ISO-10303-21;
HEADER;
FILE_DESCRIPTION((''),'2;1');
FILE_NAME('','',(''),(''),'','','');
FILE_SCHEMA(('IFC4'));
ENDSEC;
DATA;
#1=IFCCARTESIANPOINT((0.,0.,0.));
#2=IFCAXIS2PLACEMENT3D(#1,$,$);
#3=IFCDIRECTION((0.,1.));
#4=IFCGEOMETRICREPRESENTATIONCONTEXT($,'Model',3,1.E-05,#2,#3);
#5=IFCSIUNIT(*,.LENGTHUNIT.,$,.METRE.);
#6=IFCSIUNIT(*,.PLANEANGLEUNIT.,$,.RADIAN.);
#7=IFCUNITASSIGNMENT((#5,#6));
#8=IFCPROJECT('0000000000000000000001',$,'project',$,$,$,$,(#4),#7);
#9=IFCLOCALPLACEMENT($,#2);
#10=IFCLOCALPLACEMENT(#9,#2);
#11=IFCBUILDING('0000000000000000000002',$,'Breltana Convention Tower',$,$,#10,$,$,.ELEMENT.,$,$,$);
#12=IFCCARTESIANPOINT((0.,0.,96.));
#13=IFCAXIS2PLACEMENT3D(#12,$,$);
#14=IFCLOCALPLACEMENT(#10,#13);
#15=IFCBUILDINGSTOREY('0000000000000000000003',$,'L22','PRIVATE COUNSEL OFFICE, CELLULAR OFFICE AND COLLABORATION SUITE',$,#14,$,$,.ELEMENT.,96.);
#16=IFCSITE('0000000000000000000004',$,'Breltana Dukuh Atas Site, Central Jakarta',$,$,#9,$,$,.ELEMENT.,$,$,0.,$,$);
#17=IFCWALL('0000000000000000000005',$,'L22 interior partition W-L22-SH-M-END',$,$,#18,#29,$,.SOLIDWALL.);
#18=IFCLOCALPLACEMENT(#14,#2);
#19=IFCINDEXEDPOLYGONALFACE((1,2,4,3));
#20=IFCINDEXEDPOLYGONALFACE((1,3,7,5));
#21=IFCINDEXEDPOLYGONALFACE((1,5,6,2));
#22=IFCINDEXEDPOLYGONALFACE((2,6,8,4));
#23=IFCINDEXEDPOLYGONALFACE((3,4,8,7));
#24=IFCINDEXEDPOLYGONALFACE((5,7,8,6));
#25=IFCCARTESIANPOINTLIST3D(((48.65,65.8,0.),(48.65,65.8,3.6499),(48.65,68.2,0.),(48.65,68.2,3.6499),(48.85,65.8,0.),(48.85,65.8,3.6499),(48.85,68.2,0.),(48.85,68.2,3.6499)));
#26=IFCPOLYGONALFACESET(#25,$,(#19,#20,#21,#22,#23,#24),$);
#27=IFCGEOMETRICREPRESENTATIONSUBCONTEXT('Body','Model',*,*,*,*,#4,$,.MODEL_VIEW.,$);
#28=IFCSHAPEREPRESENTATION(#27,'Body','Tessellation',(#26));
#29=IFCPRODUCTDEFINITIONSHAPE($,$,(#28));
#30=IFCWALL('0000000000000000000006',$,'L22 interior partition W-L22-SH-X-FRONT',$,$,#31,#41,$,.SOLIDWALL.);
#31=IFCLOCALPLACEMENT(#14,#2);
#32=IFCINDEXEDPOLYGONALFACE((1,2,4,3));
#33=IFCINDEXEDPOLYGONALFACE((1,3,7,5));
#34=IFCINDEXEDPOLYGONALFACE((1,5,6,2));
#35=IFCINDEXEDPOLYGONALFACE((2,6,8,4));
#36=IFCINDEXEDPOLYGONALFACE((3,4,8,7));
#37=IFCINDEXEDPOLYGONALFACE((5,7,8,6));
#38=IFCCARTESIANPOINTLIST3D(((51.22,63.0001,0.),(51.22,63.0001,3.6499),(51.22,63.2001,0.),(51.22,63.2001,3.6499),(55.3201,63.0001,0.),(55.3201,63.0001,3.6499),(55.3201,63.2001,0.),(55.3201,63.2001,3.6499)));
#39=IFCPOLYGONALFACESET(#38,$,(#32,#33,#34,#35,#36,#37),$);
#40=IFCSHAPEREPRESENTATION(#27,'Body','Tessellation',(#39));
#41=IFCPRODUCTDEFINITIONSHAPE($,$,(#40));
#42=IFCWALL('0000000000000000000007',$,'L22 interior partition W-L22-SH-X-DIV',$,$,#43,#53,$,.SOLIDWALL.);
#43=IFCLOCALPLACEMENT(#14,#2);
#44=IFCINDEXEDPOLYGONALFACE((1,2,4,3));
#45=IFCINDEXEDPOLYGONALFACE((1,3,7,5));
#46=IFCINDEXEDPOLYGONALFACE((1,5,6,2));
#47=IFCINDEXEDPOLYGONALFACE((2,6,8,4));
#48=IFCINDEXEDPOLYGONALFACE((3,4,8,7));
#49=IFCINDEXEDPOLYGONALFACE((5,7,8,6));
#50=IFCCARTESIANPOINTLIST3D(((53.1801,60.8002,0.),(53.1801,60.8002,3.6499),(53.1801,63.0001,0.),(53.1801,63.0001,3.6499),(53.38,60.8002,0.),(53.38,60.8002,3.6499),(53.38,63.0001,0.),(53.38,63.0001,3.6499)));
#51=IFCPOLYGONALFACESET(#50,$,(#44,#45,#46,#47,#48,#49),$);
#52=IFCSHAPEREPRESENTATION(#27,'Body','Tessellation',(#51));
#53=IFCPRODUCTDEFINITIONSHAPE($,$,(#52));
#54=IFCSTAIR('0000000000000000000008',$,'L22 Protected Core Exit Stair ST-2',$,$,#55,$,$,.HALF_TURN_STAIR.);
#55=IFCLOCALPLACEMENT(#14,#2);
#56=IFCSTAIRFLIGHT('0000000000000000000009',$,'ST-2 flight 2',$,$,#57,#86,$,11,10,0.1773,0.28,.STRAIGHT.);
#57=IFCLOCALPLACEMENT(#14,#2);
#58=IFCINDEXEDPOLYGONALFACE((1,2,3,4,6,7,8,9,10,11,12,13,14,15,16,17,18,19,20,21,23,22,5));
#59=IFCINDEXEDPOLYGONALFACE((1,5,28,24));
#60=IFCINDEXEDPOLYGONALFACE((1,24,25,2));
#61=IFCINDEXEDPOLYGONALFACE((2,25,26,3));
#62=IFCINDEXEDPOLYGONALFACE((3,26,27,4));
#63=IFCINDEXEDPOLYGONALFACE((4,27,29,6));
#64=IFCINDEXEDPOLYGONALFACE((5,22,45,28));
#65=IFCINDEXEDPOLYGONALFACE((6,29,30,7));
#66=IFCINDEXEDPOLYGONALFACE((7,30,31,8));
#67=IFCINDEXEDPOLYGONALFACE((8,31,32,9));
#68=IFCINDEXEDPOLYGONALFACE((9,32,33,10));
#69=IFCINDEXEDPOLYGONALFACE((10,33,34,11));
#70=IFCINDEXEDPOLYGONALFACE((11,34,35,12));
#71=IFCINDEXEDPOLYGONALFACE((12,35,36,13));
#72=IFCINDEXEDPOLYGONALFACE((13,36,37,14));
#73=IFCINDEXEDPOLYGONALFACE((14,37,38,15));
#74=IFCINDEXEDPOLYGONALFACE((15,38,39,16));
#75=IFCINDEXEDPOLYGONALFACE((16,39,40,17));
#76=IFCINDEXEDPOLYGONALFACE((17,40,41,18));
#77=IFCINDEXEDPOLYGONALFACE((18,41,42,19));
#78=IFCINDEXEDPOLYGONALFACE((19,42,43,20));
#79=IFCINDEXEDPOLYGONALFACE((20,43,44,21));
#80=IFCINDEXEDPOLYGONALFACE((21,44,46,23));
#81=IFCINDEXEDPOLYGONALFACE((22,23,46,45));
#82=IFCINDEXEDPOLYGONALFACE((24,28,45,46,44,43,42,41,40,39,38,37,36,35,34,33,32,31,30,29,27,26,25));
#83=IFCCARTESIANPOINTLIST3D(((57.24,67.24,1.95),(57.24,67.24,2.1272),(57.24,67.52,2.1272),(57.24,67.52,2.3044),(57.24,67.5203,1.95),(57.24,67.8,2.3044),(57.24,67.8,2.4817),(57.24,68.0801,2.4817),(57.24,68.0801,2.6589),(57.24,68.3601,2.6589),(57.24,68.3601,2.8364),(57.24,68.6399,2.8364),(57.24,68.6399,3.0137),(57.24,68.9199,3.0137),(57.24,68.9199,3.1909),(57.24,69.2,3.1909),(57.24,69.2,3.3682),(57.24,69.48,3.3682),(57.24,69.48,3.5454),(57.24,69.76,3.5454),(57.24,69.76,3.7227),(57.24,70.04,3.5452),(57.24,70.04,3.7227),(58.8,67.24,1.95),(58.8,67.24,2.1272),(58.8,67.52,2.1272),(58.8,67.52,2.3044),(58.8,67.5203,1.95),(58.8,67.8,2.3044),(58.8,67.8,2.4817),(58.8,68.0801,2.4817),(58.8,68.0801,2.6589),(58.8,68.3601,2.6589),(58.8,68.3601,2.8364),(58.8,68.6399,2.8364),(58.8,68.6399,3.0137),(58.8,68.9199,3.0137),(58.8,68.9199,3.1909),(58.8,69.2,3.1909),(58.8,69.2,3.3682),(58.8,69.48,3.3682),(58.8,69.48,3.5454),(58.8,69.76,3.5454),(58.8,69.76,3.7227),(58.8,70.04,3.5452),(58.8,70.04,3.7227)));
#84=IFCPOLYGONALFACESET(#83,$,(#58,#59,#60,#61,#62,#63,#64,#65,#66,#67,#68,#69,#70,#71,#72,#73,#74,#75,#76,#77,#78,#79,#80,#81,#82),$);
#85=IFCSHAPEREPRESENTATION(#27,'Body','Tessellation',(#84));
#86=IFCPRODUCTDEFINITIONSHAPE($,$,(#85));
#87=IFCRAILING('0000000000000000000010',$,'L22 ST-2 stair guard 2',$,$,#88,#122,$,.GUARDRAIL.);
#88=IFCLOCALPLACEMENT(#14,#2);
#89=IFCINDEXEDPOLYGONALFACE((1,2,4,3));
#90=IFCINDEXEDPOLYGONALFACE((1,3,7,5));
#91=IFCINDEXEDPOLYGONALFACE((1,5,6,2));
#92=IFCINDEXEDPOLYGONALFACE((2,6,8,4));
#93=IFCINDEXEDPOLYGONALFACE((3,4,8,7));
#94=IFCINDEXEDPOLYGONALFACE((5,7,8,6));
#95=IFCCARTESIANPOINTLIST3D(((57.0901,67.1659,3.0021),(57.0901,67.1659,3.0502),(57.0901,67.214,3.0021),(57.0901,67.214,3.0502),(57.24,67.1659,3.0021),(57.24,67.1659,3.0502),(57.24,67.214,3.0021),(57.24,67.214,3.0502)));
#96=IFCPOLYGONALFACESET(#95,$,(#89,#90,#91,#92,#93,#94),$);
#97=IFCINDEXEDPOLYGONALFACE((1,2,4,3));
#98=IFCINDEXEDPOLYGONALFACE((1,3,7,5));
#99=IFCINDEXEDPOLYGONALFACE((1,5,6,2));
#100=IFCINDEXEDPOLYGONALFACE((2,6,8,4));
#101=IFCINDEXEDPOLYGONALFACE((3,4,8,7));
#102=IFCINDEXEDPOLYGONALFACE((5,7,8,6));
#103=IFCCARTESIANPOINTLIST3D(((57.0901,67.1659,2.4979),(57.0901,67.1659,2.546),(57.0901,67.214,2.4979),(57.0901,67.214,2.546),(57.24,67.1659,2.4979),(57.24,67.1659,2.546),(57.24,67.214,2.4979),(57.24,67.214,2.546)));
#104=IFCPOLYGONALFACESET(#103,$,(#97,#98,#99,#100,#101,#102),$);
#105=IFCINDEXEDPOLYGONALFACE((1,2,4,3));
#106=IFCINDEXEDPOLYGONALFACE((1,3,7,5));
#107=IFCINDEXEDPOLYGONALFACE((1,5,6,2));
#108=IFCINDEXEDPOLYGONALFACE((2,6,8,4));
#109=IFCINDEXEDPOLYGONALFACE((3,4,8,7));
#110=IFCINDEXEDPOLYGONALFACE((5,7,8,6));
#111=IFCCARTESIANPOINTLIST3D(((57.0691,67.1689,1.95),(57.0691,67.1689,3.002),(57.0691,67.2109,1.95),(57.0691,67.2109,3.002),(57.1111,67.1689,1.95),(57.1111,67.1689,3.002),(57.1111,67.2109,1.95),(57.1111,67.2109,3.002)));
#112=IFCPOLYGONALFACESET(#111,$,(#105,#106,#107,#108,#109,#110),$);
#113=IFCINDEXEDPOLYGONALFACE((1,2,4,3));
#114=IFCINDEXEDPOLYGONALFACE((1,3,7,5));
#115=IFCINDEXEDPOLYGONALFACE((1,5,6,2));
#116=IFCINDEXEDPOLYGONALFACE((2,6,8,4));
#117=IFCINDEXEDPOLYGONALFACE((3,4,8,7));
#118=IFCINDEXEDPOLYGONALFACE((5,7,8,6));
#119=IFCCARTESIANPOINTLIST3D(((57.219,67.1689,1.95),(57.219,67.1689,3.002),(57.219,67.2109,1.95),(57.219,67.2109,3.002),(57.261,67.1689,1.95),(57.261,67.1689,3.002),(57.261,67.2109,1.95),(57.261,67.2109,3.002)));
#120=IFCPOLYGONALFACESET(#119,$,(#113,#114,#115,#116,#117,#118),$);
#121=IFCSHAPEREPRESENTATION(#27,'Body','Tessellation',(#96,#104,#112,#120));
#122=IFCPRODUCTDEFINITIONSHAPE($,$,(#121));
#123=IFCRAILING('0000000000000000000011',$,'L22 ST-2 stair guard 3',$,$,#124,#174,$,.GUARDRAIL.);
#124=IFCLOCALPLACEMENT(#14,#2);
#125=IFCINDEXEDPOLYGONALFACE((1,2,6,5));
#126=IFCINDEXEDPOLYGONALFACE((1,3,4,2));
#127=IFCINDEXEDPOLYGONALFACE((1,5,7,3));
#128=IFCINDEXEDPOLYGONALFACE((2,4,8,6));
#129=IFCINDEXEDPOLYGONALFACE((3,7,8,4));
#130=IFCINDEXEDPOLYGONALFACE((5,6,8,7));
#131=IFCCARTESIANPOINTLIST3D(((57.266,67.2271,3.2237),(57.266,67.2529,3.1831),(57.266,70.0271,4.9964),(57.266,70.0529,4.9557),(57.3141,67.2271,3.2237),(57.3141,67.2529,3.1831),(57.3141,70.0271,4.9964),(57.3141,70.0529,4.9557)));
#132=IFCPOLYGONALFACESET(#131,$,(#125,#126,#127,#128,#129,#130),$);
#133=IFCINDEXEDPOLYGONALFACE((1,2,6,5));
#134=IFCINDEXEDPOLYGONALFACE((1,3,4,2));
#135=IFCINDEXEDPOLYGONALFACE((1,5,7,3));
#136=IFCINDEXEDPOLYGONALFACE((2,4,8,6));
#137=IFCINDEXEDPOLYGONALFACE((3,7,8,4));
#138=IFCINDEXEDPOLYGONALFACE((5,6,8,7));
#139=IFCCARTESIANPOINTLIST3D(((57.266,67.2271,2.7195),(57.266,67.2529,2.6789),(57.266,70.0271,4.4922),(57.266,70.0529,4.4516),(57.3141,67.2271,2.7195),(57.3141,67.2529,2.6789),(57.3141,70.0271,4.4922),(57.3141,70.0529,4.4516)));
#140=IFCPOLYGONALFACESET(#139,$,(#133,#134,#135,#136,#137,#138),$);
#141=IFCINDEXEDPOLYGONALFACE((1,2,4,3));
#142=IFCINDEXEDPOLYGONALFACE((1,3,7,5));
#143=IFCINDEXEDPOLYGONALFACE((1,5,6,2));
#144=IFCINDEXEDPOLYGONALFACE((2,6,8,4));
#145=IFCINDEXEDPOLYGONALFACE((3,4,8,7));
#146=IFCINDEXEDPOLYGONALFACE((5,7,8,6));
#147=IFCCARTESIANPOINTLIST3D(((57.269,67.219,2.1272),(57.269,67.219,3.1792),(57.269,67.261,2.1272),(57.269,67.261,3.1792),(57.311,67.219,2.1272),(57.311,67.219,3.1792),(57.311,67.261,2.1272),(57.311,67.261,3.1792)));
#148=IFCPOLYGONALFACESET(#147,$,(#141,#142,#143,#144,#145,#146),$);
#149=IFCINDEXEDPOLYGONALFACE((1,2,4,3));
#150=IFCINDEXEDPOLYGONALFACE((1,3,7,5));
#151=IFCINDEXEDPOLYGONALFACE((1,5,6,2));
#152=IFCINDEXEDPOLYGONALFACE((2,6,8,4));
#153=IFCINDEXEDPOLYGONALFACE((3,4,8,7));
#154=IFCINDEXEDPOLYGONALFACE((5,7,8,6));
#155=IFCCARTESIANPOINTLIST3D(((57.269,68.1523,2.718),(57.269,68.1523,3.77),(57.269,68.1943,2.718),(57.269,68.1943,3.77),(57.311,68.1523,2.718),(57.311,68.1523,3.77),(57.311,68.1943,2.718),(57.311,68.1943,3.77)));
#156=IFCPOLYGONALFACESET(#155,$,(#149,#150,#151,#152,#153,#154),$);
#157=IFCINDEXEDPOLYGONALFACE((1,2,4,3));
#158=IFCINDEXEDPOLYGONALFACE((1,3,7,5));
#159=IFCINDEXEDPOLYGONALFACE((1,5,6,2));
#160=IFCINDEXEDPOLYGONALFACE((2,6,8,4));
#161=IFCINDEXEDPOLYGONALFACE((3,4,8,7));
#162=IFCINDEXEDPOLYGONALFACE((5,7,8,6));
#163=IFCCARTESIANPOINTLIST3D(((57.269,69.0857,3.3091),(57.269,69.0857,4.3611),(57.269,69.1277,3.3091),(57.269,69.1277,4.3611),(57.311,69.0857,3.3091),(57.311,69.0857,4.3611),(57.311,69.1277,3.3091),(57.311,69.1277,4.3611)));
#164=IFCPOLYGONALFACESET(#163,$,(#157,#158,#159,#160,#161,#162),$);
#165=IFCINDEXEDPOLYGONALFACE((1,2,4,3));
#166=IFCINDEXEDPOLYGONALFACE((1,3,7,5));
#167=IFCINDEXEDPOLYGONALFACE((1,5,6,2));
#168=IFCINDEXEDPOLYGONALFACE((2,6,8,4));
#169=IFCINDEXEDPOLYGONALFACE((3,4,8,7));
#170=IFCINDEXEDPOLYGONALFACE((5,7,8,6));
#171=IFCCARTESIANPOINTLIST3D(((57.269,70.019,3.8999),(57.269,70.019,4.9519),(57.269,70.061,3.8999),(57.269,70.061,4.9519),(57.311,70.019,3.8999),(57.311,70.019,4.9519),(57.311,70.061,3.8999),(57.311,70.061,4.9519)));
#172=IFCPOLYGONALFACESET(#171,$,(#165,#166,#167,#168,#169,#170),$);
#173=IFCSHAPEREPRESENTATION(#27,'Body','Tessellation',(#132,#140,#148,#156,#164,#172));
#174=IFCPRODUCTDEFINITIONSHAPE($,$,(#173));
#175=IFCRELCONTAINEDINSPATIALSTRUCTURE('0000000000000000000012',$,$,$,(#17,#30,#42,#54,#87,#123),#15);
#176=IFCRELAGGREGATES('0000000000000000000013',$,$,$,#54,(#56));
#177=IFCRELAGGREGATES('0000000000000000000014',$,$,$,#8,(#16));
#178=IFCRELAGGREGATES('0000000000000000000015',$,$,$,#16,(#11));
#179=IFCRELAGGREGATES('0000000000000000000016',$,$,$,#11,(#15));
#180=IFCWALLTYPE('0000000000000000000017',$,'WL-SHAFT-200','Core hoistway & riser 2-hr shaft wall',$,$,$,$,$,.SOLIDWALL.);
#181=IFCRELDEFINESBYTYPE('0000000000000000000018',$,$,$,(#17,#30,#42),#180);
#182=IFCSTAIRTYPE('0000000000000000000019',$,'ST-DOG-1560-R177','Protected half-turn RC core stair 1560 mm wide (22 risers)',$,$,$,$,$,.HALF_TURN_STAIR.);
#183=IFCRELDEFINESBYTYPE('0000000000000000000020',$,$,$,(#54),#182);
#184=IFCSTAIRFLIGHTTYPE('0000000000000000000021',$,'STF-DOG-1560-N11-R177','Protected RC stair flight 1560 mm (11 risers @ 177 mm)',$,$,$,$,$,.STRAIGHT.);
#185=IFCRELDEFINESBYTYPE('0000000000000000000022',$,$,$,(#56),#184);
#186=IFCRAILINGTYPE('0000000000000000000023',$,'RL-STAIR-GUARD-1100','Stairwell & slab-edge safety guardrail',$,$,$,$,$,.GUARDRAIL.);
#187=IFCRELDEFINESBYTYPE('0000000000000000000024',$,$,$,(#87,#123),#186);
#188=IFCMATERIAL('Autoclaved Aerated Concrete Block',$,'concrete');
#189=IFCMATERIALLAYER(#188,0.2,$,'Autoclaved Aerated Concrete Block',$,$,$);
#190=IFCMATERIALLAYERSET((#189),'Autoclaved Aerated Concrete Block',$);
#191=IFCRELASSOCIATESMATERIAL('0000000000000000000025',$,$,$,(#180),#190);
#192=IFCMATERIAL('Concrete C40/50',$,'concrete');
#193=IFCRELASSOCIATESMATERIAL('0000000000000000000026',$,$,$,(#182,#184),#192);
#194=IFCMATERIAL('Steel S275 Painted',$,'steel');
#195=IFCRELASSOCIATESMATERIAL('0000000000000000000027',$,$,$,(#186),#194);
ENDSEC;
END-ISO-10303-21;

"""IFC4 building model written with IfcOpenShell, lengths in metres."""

from ifc_helpers import new_model, si_unit, direction, frame, frame_2d, origin, origin_2d, place, context, subcontext, project, spatial, polyline, rectangle, outline, extrude, source, transform, mapped, material, layer, layer_set, type_object, element, aggregate, save


model = new_model("IFC4")

# Units and contexts
model_context = context("Model", 3, precision=1e-05, world=origin(), true_north=direction((0.0, 1.0)))
body_context = subcontext(model_context, "Body", "Model", "MODEL_VIEW")
ifc_project = project(units=[si_unit("LENGTHUNIT", "METRE"), si_unit("PLANEANGLEUNIT", "RADIAN")], contexts=[model_context])

# Site, building, storey
site_placement = place(None, origin())
site = spatial("IfcSite", under=ifc_project, at=site_placement, Name="Breltana Dukuh Atas Site, Central Jakarta", CompositionType="ELEMENT", RefElevation=0.0)
building_placement = place(site_placement, origin())
building = spatial("IfcBuilding", under=site, at=building_placement, Name="Breltana Convention Tower", CompositionType="ELEMENT")
storey_placement = place(building_placement, frame((0.0, 0.0, 96.0)))
storey = spatial("IfcBuildingStorey", under=building, at=storey_placement, Name="L22", Description="PRIVATE COUNSEL OFFICE, CELLULAR OFFICE AND COLLABORATION SUITE", CompositionType="ELEMENT", Elevation=96.0)

# Shared definitions
ifc_material_1 = material(Name="Autoclaved Aerated Concrete Block", Category="concrete")
ifc_layer_1 = layer(ifc_material_1, 0.2, Name="Autoclaved Aerated Concrete Block")
ifc_layer_set_1 = layer_set([ifc_layer_1], Name="Autoclaved Aerated Concrete Block")
wall_type_1 = type_object("IfcWallType", Name="WL-SHAFT-200", Description="Core hoistway & riser 2-hr shaft wall", PredefinedType="SOLIDWALL", material=ifc_layer_set_1)

# Walls
shared_shape_1 = source(origin(), body_context, "Body", "SweptSolid", [
    extrude(rectangle(XDim=2.3999, YDim=0.2, at=frame_2d((1.2, 0.0))), origin(), (0.0, 0.0, 1.0), 3.6499),
])
for number, where, z_axis, x_axis, name in (
    (1, (48.75, 65.8, 0.0), (0.0, 0.0, 1.0), (0.0, 1.0, 0.0), "L22 interior partition W-L22-SH-M-END"),
):
    element("IfcWall", number, at=place(storey_placement, frame(where, z_axis=z_axis, x_axis=x_axis)), inside=storey, type_object=wall_type_1, Name=name, PredefinedType="SOLIDWALL", context=body_context, shape_type="MappedRepresentation", body=[
        mapped(shared_shape_1, transform((0.0, 0.0, 0.0), scale=1.0)),
    ])
shared_shape_2 = source(origin(), body_context, "Body", "SweptSolid", [
    extrude(rectangle(XDim=4.1001, YDim=0.2, at=frame_2d((2.05, 0.0))), origin(), (0.0, 0.0, 1.0), 3.6499),
])
wall_1_placement = place(storey_placement, frame((51.22, 63.1001, 0.0), z_axis=(0.0, 0.0, 1.0), x_axis=(1.0, 0.0, 0.0)))
element("IfcWall", 2, at=wall_1_placement, inside=storey, type_object=wall_type_1, Name="L22 interior partition W-L22-SH-X-FRONT", PredefinedType="SOLIDWALL", context=body_context, shape_type="MappedRepresentation", body=[
    mapped(shared_shape_2, transform((0.0, 0.0, 0.0), scale=1.0)),
])
shared_shape_3 = source(origin(), body_context, "Body", "SweptSolid", [
    extrude(rectangle(XDim=2.2, YDim=0.2, at=frame_2d((1.1001, 0.0))), origin(), (0.0, 0.0, 1.0), 3.6499),
])
wall_2_placement = place(storey_placement, frame((53.28, 60.8, 0.0), z_axis=(0.0, 0.0, 1.0), x_axis=(0.0, 1.0, 0.0)))
element("IfcWall", 3, at=wall_2_placement, inside=storey, type_object=wall_type_1, Name="L22 interior partition W-L22-SH-X-DIV", PredefinedType="SOLIDWALL", context=body_context, shape_type="MappedRepresentation", body=[
    mapped(shared_shape_3, transform((0.0, 0.0, 0.0), scale=1.0)),
])

# Stair, stair flight
ifc_material_2 = material(Name="Concrete C40/50", Category="concrete")
stair_type = type_object("IfcStairType", Name="ST-DOG-1560-R177", Description="Protected half-turn RC core stair 1560 mm wide (22 risers)", PredefinedType="HALF_TURN_STAIR", material=ifc_material_2)
stair_placement = place(storey_placement, origin())
stair = element("IfcStair", 4, at=stair_placement, inside=storey, type_object=stair_type, Name="L22 Protected Core Exit Stair ST-2", PredefinedType="HALF_TURN_STAIR")
stair_flight_type = type_object("IfcStairFlightType", Name="STF-DOG-1560-N11-R177", Description="Protected RC stair flight 1560 mm (11 risers @ 177 mm)", PredefinedType="STRAIGHT", material=ifc_material_2)
stair_flight_placement = place(storey_placement, frame((58.02, 67.24, 1.95), z_axis=(0.0, 0.0, 1.0), x_axis=(0.0, 1.0, 0.0)))
stair_flight = element("IfcStairFlight", 5, at=stair_flight_placement, type_object=stair_flight_type, Name="ST-2 flight 2", NumberOfRisers=11, NumberOfTreads=10, PredefinedType="STRAIGHT", RiserHeight=0.1773, TreadLength=0.28, context=body_context, shape_type="SweptSolid", body=[
    extrude(outline(polyline([(0.0, 0.0), (0.0, 0.1772), (0.28, 0.1772), (0.28, 0.3545), (0.5601, 0.3545), (0.5601, 0.5317), (0.8401, 0.5317), (0.8401, 0.709), (1.1201, 0.709), (1.1201, 0.8865), (1.3999, 0.8865), (1.3999, 1.0637), (1.6799, 1.0637), (1.6799, 1.241), (1.96, 1.241), (1.96, 1.4182), (2.24, 1.4182), (2.24, 1.5955), (2.52, 1.5955), (2.52, 1.7727), (2.8, 1.7727), (2.8, 1.95), (2.8, 1.5952), (0.2803, 0.0), (0.0, 0.0)])), frame((0.0, 0.78, 0.0), z_axis=(0.0, -1.0, 0.0), x_axis=(1.0, 0.0, 0.0)), (0.0, 0.0, 1.0), 1.5601),
])
aggregate(stair, [stair_flight])

# Railings
ifc_material_3 = material(Name="Steel S275 Painted", Category="steel")
railing_type_1 = type_object("IfcRailingType", Name="RL-STAIR-GUARD-1100", Description="Stairwell & slab-edge safety guardrail", PredefinedType="GUARDRAIL", material=ifc_material_3)
railing_1_placement = place(storey_placement, frame((57.0901, 67.1899, 1.95)))
element("IfcRailing", 6, at=railing_1_placement, inside=storey, type_object=railing_type_1, Name="L22 ST-2 stair guard 2", PredefinedType="GUARDRAIL", context=body_context, shape_type="SweptSolid", body=[
    extrude(rectangle(XDim=0.0481, YDim=0.0481, at=origin_2d()), frame((0.0, 0.0, 1.0762), z_axis=(1.0, 0.0, 0.0), x_axis=(0.0, 1.0, 0.0)), (0.0, 0.0, 1.0), 0.1499),
    extrude(rectangle(XDim=0.0481, YDim=0.0481, at=origin_2d()), frame((0.0, 0.0, 0.572), z_axis=(1.0, 0.0, 0.0), x_axis=(0.0, 1.0, 0.0)), (0.0, 0.0, 1.0), 0.1499),
    extrude(rectangle(XDim=0.042, YDim=0.042, at=origin_2d()), origin(), (0.0, 0.0, 1.0), 1.052),
    extrude(rectangle(XDim=0.042, YDim=0.042, at=origin_2d()), frame((0.1499, 0.0, 0.0)), (0.0, 0.0, 1.0), 1.052),
])
railing_2_placement = place(storey_placement, frame((57.29, 67.24, 2.1272)))
element("IfcRailing", 7, at=railing_2_placement, inside=storey, type_object=railing_type_1, Name="L22 ST-2 stair guard 3", PredefinedType="GUARDRAIL", context=body_context, shape_type="SweptSolid", body=[
    extrude(rectangle(XDim=0.0481, YDim=0.0481, at=origin_2d()), frame((0.0, 0.0, 1.0762), z_axis=(0.0, 0.844909, 0.53491), x_axis=(-1.0, 0.0, 0.0)), (0.0, 0.0, 1.0), 3.314),
    extrude(rectangle(XDim=0.0481, YDim=0.0481, at=origin_2d()), frame((0.0, 0.0, 0.572), z_axis=(0.0, 0.844909, 0.53491), x_axis=(-1.0, 0.0, 0.0)), (0.0, 0.0, 1.0), 3.314),
    extrude(rectangle(XDim=0.042, YDim=0.042, at=origin_2d()), origin(), (0.0, 0.0, 1.0), 1.052),
    extrude(rectangle(XDim=0.042, YDim=0.042, at=origin_2d()), frame((0.0, 0.9333, 0.5908)), (0.0, 0.0, 1.0), 1.052),
    extrude(rectangle(XDim=0.042, YDim=0.042, at=origin_2d()), frame((0.0, 1.8667, 1.1819)), (0.0, 0.0, 1.0), 1.052),
    extrude(rectangle(XDim=0.042, YDim=0.042, at=origin_2d()), frame((0.0, 2.8, 1.7727)), (0.0, 0.0, 1.0), 1.052),
])

save(model, "model.ifc")
